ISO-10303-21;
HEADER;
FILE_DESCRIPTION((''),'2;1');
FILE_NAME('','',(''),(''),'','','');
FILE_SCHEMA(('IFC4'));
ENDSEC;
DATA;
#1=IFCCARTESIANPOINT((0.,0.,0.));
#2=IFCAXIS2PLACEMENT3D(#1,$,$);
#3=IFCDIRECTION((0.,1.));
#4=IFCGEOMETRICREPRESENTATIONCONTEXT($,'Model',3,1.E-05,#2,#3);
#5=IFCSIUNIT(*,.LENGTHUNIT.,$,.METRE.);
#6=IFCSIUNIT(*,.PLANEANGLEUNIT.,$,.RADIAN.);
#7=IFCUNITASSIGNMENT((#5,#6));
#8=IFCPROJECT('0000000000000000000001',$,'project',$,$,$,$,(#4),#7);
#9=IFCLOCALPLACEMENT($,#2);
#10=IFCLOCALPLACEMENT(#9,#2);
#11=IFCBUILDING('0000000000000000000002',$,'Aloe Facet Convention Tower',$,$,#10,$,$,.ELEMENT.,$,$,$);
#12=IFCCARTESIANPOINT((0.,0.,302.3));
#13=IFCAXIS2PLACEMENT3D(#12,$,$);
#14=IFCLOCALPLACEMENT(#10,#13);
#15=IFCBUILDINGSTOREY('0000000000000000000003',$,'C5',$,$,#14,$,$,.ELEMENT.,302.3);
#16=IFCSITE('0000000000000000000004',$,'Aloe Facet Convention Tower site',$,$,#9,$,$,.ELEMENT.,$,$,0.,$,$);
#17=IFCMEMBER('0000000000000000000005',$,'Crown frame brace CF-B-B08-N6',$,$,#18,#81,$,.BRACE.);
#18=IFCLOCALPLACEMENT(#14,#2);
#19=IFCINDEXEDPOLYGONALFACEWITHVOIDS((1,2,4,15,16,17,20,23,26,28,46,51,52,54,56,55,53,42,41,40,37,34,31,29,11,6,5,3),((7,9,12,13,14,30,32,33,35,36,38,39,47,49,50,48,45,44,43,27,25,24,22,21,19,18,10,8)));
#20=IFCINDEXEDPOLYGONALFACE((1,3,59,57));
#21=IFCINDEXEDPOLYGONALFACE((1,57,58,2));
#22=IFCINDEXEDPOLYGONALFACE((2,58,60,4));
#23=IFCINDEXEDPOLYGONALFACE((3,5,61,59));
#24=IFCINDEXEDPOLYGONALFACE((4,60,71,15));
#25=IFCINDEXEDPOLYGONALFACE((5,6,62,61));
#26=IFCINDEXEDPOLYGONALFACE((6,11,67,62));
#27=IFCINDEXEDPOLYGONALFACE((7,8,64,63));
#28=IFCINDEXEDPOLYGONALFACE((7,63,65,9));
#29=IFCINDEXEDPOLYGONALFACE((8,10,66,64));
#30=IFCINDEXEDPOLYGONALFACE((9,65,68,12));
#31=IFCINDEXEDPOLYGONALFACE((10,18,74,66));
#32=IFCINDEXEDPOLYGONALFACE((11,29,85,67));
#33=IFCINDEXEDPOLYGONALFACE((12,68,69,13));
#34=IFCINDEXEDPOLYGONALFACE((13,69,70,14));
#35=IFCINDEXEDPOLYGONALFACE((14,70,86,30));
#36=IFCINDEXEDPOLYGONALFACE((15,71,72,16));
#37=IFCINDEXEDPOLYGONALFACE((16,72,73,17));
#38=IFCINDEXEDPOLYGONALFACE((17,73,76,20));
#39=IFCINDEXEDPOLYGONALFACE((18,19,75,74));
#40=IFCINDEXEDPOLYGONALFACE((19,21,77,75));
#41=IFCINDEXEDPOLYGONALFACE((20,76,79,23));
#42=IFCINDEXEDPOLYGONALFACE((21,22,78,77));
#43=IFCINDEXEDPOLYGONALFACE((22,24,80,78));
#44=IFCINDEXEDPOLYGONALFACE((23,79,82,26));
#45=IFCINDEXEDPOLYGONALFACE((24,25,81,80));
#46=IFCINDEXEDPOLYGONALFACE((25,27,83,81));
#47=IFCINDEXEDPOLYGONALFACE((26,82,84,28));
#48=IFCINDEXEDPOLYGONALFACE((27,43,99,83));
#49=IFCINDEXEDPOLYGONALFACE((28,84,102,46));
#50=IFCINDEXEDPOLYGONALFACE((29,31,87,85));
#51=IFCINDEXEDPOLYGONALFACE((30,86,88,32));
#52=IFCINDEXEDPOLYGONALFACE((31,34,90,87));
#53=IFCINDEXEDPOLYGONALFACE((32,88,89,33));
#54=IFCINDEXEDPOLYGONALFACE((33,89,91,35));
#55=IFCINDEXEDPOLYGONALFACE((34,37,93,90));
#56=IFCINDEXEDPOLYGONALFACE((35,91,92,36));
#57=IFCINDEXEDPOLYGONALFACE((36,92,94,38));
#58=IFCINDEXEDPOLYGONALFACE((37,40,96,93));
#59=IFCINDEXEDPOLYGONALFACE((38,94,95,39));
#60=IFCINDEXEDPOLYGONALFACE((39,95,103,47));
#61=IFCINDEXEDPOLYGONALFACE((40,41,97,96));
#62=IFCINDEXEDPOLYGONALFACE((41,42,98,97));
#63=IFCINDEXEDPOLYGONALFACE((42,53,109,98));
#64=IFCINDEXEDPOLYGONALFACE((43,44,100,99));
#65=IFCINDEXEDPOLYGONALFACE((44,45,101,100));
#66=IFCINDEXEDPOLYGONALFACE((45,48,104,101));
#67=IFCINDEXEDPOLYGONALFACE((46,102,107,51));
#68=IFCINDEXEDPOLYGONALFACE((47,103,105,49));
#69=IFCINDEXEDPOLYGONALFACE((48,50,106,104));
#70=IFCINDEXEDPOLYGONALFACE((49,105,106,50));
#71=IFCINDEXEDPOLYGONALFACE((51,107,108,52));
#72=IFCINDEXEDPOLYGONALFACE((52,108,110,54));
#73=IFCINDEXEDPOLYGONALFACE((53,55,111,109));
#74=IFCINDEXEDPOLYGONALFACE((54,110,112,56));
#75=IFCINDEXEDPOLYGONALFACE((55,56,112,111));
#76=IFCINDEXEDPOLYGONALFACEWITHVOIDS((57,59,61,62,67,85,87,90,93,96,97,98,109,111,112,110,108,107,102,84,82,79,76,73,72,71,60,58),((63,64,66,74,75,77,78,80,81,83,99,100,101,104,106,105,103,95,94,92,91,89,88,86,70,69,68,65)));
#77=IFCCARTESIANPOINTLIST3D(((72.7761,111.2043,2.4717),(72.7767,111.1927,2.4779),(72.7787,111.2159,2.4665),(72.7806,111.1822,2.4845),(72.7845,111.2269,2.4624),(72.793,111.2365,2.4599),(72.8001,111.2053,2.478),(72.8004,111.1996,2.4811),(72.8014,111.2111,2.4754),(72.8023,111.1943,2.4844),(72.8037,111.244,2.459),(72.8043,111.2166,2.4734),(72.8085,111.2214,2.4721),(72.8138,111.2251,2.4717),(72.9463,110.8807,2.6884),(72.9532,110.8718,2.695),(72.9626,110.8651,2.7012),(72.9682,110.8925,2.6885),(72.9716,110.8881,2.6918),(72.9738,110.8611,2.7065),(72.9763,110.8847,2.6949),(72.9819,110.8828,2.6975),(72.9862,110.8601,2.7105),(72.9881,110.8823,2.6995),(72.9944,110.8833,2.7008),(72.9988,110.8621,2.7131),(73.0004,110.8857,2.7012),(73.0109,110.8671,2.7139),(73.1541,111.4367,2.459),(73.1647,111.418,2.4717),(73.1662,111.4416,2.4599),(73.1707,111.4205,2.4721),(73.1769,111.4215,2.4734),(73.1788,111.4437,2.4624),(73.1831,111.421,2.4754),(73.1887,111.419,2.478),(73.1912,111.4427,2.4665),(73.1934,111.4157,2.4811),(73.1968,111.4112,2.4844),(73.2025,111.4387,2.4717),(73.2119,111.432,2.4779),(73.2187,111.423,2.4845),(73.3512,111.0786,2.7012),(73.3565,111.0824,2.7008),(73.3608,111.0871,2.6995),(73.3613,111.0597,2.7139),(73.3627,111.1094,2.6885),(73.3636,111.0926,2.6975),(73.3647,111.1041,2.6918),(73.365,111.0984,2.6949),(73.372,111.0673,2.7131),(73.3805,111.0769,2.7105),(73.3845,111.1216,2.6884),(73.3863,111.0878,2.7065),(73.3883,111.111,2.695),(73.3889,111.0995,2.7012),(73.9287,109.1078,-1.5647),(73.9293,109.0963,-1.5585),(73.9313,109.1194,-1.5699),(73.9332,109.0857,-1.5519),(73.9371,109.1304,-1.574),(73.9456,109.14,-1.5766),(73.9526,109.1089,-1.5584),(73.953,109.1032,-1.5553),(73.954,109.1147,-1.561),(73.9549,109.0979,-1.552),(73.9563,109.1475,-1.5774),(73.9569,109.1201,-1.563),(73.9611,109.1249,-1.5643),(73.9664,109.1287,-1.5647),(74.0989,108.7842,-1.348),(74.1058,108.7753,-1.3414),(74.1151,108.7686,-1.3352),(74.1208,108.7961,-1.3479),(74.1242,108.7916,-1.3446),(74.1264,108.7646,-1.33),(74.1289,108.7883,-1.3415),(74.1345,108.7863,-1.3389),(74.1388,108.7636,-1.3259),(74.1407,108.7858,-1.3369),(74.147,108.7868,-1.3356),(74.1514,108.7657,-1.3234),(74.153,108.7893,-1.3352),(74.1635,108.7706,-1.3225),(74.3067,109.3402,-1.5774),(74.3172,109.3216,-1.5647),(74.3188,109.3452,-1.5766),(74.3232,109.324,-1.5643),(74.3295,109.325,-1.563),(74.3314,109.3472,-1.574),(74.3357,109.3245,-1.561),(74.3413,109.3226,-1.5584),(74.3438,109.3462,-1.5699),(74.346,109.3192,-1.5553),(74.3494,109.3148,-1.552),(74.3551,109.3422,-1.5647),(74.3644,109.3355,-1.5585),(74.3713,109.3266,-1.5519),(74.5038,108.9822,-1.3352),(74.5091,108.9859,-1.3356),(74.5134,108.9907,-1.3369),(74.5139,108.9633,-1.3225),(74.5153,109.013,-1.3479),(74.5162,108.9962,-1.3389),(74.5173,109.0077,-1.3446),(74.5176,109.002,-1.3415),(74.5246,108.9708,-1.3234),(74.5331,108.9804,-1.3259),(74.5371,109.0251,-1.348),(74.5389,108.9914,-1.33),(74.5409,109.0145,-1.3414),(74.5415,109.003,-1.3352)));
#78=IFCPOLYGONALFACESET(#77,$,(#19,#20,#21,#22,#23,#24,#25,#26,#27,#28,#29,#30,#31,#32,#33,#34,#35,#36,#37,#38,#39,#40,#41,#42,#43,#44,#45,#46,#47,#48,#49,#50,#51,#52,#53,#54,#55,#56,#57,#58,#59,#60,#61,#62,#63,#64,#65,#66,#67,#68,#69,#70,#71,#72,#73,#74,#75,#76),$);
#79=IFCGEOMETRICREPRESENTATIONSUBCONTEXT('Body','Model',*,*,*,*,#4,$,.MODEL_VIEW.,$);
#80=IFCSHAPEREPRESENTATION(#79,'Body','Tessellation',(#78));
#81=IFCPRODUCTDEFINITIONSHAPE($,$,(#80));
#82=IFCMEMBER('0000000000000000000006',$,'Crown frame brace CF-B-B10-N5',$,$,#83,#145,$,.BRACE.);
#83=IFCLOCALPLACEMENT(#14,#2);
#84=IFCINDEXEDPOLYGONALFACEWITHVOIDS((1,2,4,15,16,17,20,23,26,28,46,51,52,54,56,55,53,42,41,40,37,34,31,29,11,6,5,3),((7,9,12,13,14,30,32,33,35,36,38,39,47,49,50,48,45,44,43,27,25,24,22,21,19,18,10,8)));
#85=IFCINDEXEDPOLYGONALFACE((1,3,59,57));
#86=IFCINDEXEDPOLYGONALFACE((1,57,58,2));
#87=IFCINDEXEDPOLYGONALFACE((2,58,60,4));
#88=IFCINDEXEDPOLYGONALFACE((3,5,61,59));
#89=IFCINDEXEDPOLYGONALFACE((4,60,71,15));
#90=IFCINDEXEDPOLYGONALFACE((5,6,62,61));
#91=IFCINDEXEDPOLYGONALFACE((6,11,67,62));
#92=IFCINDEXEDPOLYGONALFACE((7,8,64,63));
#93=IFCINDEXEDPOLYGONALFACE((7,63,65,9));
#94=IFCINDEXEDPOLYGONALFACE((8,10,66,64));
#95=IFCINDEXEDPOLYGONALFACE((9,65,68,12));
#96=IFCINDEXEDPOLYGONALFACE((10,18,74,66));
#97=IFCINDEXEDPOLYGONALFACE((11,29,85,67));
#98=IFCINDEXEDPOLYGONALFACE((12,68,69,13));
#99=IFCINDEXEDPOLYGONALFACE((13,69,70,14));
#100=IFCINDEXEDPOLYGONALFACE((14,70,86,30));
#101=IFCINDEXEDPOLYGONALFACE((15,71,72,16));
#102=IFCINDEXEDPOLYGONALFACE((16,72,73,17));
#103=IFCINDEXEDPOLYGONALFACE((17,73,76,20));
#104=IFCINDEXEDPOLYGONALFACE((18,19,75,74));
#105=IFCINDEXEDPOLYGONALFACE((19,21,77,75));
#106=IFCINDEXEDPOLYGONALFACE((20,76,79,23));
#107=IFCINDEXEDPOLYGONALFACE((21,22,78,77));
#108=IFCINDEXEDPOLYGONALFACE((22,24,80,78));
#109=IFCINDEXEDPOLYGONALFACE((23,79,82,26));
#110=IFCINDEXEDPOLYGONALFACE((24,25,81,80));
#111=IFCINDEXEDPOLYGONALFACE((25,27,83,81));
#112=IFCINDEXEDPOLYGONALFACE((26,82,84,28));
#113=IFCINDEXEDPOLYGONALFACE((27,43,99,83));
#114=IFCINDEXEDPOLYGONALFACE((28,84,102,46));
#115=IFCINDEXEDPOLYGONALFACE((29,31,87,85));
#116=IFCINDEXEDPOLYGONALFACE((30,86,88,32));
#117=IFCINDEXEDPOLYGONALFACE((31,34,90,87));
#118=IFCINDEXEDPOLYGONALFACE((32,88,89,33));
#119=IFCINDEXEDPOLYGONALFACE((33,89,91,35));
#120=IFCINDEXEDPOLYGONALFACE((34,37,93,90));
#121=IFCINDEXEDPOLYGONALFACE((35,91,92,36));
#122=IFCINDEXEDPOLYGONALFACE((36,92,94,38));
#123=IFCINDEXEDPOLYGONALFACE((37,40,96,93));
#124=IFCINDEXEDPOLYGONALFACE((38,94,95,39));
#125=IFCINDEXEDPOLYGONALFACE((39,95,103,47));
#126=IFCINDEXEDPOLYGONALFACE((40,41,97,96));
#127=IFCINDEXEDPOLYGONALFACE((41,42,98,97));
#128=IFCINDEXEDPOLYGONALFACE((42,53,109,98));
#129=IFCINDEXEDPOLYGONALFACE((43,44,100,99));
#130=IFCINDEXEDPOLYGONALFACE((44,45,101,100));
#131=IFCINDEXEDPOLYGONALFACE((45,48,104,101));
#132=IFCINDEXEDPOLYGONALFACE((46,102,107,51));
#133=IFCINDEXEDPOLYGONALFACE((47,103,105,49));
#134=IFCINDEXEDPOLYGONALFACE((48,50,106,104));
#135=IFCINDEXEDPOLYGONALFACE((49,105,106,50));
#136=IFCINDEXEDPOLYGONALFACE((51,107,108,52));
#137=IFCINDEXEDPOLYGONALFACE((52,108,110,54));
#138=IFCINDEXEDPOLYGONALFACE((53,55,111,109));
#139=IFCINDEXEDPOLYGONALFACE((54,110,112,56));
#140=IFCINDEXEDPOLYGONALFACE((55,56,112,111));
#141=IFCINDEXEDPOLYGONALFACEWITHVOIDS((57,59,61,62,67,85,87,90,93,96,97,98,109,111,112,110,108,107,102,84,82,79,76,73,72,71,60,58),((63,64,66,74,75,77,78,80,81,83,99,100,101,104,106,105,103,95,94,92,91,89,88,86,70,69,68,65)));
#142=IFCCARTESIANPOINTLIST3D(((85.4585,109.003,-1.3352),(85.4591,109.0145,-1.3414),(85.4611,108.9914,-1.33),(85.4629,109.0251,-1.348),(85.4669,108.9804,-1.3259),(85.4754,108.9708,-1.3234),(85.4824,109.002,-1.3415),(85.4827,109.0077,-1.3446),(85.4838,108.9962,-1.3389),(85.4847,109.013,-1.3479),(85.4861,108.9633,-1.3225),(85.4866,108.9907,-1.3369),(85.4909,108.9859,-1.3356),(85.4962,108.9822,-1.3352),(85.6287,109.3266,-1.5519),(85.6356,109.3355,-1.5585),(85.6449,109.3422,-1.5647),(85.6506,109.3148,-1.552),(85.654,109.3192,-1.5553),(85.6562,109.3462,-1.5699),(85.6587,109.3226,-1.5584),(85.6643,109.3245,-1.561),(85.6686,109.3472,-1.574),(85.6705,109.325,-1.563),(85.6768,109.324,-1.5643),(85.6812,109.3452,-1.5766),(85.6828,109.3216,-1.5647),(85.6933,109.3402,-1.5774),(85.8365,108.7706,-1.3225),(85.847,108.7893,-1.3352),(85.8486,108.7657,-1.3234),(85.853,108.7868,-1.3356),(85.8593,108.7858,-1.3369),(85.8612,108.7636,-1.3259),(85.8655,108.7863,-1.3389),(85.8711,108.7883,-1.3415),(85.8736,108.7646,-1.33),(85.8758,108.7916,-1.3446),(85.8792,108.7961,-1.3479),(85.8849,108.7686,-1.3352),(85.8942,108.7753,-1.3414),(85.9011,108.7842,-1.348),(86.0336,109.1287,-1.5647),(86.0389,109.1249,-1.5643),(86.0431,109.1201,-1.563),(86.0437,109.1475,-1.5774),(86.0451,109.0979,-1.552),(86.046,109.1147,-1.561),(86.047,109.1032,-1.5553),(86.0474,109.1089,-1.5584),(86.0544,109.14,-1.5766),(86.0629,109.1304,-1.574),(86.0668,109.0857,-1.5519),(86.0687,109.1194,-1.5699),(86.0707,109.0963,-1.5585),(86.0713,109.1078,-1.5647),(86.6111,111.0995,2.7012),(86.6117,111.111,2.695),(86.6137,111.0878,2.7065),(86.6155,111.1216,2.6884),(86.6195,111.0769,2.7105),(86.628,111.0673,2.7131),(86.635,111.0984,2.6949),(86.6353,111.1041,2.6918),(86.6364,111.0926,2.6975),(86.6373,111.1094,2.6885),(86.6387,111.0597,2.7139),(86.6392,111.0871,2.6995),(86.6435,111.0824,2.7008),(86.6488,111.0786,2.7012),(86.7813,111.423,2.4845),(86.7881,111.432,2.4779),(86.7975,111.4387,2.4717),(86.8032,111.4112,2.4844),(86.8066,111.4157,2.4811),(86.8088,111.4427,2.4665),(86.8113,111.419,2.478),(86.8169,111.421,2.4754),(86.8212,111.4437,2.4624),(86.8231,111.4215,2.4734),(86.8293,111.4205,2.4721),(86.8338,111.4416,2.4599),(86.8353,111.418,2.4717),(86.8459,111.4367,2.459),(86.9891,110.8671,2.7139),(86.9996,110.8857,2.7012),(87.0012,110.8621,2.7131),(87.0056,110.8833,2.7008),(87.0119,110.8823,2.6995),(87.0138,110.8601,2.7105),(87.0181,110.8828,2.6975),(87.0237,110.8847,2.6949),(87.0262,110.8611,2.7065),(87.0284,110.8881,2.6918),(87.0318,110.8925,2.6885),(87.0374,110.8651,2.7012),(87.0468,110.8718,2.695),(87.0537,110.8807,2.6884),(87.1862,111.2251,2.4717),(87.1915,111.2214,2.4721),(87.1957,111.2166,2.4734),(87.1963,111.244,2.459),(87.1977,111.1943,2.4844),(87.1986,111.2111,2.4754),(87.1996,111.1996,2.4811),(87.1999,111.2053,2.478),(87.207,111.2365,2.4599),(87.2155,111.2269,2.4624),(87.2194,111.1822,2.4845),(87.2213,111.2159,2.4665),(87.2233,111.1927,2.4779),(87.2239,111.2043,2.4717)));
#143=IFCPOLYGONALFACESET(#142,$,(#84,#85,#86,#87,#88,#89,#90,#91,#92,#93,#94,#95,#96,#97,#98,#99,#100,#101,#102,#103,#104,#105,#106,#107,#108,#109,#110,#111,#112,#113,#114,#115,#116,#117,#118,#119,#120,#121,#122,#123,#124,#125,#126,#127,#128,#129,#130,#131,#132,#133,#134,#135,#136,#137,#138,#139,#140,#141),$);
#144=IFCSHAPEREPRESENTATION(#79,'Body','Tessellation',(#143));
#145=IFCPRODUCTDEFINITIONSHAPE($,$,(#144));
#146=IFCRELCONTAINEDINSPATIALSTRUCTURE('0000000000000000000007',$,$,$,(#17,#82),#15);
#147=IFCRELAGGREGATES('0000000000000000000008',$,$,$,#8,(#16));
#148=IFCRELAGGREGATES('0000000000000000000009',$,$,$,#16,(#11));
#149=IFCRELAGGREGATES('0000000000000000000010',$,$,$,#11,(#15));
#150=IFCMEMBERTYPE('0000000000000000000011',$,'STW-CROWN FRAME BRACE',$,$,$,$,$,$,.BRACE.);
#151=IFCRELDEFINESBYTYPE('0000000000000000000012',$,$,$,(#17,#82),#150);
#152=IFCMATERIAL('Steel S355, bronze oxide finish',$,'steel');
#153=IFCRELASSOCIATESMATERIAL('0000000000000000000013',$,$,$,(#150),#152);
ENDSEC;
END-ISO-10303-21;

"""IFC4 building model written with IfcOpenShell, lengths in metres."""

from ifc_helpers import new_model, si_unit, direction, frame, origin, origin_2d, place, context, subcontext, project, spatial, hollow_rectangle, extrude, material, material_profile, profile_set, type_object, element, save


model = new_model("IFC4")

# Units and contexts
model_context = context("Model", 3, precision=1e-05, world=origin(), true_north=direction((0.0, 1.0)))
body_context = subcontext(model_context, "Body", "Model", "MODEL_VIEW")
ifc_project = project(units=[si_unit("LENGTHUNIT", "METRE"), si_unit("PLANEANGLEUNIT", "RADIAN")], contexts=[model_context])

# Site, building, storey
site_placement = place(None, origin())
site = spatial("IfcSite", under=ifc_project, at=site_placement, Name="Aloe Facet Convention Tower site", CompositionType="ELEMENT", RefElevation=0.0)
building_placement = place(site_placement, origin())
building = spatial("IfcBuilding", under=site, at=building_placement, Name="Aloe Facet Convention Tower", CompositionType="ELEMENT")
storey_placement = place(building_placement, frame((0.0, 0.0, 302.3)))
storey = spatial("IfcBuildingStorey", under=building, at=storey_placement, Name="C5", CompositionType="ELEMENT", Elevation=302.3)

# Members
ifc_material_1 = material(Name="Steel S355, bronze oxide finish", Category="steel")
ifc_material_profile_1 = material_profile(ifc_material_1, hollow_rectangle(XDim=0.5, YDim=0.5, WallThickness=0.0249, InnerFilletRadius=0.0249, OuterFilletRadius=0.05, at=origin_2d()), Name="SHS 500x500x25")
ifc_profile_set_1 = profile_set([ifc_material_profile_1], Name="Steel S355, bronze oxide finish")
member_type_1 = type_object("IfcMemberType", Name="STW-CROWN FRAME BRACE", PredefinedType="BRACE", material=ifc_profile_set_1)
for number, where, z_axis, x_axis, name in (
    (1, (74.2351, 109.0554, -1.45), (-0.245644, 0.446801, 0.860249), (-0.876296, -0.481774, 0.0), "Crown frame brace CF-B-B08-N6"),
    (2, (85.7649, 109.0554, -1.45), (0.245644, 0.446801, 0.860249), (-0.876296, 0.481774, 0.0), "Crown frame brace CF-B-B10-N5"),
):
    element("IfcMember", number, at=place(storey_placement, frame(where, z_axis=z_axis, x_axis=x_axis)), inside=storey, type_object=member_type_1, Name=name, PredefinedType="BRACE", context=body_context, shape_type="SweptSolid", body=[
        extrude(hollow_rectangle(XDim=0.5, YDim=0.5, WallThickness=0.0249, InnerFilletRadius=0.0249, OuterFilletRadius=0.05, at=origin_2d()), origin(), (0.0, 0.0, 1.0), 4.6921),
    ])

save(model, "model.ifc")
